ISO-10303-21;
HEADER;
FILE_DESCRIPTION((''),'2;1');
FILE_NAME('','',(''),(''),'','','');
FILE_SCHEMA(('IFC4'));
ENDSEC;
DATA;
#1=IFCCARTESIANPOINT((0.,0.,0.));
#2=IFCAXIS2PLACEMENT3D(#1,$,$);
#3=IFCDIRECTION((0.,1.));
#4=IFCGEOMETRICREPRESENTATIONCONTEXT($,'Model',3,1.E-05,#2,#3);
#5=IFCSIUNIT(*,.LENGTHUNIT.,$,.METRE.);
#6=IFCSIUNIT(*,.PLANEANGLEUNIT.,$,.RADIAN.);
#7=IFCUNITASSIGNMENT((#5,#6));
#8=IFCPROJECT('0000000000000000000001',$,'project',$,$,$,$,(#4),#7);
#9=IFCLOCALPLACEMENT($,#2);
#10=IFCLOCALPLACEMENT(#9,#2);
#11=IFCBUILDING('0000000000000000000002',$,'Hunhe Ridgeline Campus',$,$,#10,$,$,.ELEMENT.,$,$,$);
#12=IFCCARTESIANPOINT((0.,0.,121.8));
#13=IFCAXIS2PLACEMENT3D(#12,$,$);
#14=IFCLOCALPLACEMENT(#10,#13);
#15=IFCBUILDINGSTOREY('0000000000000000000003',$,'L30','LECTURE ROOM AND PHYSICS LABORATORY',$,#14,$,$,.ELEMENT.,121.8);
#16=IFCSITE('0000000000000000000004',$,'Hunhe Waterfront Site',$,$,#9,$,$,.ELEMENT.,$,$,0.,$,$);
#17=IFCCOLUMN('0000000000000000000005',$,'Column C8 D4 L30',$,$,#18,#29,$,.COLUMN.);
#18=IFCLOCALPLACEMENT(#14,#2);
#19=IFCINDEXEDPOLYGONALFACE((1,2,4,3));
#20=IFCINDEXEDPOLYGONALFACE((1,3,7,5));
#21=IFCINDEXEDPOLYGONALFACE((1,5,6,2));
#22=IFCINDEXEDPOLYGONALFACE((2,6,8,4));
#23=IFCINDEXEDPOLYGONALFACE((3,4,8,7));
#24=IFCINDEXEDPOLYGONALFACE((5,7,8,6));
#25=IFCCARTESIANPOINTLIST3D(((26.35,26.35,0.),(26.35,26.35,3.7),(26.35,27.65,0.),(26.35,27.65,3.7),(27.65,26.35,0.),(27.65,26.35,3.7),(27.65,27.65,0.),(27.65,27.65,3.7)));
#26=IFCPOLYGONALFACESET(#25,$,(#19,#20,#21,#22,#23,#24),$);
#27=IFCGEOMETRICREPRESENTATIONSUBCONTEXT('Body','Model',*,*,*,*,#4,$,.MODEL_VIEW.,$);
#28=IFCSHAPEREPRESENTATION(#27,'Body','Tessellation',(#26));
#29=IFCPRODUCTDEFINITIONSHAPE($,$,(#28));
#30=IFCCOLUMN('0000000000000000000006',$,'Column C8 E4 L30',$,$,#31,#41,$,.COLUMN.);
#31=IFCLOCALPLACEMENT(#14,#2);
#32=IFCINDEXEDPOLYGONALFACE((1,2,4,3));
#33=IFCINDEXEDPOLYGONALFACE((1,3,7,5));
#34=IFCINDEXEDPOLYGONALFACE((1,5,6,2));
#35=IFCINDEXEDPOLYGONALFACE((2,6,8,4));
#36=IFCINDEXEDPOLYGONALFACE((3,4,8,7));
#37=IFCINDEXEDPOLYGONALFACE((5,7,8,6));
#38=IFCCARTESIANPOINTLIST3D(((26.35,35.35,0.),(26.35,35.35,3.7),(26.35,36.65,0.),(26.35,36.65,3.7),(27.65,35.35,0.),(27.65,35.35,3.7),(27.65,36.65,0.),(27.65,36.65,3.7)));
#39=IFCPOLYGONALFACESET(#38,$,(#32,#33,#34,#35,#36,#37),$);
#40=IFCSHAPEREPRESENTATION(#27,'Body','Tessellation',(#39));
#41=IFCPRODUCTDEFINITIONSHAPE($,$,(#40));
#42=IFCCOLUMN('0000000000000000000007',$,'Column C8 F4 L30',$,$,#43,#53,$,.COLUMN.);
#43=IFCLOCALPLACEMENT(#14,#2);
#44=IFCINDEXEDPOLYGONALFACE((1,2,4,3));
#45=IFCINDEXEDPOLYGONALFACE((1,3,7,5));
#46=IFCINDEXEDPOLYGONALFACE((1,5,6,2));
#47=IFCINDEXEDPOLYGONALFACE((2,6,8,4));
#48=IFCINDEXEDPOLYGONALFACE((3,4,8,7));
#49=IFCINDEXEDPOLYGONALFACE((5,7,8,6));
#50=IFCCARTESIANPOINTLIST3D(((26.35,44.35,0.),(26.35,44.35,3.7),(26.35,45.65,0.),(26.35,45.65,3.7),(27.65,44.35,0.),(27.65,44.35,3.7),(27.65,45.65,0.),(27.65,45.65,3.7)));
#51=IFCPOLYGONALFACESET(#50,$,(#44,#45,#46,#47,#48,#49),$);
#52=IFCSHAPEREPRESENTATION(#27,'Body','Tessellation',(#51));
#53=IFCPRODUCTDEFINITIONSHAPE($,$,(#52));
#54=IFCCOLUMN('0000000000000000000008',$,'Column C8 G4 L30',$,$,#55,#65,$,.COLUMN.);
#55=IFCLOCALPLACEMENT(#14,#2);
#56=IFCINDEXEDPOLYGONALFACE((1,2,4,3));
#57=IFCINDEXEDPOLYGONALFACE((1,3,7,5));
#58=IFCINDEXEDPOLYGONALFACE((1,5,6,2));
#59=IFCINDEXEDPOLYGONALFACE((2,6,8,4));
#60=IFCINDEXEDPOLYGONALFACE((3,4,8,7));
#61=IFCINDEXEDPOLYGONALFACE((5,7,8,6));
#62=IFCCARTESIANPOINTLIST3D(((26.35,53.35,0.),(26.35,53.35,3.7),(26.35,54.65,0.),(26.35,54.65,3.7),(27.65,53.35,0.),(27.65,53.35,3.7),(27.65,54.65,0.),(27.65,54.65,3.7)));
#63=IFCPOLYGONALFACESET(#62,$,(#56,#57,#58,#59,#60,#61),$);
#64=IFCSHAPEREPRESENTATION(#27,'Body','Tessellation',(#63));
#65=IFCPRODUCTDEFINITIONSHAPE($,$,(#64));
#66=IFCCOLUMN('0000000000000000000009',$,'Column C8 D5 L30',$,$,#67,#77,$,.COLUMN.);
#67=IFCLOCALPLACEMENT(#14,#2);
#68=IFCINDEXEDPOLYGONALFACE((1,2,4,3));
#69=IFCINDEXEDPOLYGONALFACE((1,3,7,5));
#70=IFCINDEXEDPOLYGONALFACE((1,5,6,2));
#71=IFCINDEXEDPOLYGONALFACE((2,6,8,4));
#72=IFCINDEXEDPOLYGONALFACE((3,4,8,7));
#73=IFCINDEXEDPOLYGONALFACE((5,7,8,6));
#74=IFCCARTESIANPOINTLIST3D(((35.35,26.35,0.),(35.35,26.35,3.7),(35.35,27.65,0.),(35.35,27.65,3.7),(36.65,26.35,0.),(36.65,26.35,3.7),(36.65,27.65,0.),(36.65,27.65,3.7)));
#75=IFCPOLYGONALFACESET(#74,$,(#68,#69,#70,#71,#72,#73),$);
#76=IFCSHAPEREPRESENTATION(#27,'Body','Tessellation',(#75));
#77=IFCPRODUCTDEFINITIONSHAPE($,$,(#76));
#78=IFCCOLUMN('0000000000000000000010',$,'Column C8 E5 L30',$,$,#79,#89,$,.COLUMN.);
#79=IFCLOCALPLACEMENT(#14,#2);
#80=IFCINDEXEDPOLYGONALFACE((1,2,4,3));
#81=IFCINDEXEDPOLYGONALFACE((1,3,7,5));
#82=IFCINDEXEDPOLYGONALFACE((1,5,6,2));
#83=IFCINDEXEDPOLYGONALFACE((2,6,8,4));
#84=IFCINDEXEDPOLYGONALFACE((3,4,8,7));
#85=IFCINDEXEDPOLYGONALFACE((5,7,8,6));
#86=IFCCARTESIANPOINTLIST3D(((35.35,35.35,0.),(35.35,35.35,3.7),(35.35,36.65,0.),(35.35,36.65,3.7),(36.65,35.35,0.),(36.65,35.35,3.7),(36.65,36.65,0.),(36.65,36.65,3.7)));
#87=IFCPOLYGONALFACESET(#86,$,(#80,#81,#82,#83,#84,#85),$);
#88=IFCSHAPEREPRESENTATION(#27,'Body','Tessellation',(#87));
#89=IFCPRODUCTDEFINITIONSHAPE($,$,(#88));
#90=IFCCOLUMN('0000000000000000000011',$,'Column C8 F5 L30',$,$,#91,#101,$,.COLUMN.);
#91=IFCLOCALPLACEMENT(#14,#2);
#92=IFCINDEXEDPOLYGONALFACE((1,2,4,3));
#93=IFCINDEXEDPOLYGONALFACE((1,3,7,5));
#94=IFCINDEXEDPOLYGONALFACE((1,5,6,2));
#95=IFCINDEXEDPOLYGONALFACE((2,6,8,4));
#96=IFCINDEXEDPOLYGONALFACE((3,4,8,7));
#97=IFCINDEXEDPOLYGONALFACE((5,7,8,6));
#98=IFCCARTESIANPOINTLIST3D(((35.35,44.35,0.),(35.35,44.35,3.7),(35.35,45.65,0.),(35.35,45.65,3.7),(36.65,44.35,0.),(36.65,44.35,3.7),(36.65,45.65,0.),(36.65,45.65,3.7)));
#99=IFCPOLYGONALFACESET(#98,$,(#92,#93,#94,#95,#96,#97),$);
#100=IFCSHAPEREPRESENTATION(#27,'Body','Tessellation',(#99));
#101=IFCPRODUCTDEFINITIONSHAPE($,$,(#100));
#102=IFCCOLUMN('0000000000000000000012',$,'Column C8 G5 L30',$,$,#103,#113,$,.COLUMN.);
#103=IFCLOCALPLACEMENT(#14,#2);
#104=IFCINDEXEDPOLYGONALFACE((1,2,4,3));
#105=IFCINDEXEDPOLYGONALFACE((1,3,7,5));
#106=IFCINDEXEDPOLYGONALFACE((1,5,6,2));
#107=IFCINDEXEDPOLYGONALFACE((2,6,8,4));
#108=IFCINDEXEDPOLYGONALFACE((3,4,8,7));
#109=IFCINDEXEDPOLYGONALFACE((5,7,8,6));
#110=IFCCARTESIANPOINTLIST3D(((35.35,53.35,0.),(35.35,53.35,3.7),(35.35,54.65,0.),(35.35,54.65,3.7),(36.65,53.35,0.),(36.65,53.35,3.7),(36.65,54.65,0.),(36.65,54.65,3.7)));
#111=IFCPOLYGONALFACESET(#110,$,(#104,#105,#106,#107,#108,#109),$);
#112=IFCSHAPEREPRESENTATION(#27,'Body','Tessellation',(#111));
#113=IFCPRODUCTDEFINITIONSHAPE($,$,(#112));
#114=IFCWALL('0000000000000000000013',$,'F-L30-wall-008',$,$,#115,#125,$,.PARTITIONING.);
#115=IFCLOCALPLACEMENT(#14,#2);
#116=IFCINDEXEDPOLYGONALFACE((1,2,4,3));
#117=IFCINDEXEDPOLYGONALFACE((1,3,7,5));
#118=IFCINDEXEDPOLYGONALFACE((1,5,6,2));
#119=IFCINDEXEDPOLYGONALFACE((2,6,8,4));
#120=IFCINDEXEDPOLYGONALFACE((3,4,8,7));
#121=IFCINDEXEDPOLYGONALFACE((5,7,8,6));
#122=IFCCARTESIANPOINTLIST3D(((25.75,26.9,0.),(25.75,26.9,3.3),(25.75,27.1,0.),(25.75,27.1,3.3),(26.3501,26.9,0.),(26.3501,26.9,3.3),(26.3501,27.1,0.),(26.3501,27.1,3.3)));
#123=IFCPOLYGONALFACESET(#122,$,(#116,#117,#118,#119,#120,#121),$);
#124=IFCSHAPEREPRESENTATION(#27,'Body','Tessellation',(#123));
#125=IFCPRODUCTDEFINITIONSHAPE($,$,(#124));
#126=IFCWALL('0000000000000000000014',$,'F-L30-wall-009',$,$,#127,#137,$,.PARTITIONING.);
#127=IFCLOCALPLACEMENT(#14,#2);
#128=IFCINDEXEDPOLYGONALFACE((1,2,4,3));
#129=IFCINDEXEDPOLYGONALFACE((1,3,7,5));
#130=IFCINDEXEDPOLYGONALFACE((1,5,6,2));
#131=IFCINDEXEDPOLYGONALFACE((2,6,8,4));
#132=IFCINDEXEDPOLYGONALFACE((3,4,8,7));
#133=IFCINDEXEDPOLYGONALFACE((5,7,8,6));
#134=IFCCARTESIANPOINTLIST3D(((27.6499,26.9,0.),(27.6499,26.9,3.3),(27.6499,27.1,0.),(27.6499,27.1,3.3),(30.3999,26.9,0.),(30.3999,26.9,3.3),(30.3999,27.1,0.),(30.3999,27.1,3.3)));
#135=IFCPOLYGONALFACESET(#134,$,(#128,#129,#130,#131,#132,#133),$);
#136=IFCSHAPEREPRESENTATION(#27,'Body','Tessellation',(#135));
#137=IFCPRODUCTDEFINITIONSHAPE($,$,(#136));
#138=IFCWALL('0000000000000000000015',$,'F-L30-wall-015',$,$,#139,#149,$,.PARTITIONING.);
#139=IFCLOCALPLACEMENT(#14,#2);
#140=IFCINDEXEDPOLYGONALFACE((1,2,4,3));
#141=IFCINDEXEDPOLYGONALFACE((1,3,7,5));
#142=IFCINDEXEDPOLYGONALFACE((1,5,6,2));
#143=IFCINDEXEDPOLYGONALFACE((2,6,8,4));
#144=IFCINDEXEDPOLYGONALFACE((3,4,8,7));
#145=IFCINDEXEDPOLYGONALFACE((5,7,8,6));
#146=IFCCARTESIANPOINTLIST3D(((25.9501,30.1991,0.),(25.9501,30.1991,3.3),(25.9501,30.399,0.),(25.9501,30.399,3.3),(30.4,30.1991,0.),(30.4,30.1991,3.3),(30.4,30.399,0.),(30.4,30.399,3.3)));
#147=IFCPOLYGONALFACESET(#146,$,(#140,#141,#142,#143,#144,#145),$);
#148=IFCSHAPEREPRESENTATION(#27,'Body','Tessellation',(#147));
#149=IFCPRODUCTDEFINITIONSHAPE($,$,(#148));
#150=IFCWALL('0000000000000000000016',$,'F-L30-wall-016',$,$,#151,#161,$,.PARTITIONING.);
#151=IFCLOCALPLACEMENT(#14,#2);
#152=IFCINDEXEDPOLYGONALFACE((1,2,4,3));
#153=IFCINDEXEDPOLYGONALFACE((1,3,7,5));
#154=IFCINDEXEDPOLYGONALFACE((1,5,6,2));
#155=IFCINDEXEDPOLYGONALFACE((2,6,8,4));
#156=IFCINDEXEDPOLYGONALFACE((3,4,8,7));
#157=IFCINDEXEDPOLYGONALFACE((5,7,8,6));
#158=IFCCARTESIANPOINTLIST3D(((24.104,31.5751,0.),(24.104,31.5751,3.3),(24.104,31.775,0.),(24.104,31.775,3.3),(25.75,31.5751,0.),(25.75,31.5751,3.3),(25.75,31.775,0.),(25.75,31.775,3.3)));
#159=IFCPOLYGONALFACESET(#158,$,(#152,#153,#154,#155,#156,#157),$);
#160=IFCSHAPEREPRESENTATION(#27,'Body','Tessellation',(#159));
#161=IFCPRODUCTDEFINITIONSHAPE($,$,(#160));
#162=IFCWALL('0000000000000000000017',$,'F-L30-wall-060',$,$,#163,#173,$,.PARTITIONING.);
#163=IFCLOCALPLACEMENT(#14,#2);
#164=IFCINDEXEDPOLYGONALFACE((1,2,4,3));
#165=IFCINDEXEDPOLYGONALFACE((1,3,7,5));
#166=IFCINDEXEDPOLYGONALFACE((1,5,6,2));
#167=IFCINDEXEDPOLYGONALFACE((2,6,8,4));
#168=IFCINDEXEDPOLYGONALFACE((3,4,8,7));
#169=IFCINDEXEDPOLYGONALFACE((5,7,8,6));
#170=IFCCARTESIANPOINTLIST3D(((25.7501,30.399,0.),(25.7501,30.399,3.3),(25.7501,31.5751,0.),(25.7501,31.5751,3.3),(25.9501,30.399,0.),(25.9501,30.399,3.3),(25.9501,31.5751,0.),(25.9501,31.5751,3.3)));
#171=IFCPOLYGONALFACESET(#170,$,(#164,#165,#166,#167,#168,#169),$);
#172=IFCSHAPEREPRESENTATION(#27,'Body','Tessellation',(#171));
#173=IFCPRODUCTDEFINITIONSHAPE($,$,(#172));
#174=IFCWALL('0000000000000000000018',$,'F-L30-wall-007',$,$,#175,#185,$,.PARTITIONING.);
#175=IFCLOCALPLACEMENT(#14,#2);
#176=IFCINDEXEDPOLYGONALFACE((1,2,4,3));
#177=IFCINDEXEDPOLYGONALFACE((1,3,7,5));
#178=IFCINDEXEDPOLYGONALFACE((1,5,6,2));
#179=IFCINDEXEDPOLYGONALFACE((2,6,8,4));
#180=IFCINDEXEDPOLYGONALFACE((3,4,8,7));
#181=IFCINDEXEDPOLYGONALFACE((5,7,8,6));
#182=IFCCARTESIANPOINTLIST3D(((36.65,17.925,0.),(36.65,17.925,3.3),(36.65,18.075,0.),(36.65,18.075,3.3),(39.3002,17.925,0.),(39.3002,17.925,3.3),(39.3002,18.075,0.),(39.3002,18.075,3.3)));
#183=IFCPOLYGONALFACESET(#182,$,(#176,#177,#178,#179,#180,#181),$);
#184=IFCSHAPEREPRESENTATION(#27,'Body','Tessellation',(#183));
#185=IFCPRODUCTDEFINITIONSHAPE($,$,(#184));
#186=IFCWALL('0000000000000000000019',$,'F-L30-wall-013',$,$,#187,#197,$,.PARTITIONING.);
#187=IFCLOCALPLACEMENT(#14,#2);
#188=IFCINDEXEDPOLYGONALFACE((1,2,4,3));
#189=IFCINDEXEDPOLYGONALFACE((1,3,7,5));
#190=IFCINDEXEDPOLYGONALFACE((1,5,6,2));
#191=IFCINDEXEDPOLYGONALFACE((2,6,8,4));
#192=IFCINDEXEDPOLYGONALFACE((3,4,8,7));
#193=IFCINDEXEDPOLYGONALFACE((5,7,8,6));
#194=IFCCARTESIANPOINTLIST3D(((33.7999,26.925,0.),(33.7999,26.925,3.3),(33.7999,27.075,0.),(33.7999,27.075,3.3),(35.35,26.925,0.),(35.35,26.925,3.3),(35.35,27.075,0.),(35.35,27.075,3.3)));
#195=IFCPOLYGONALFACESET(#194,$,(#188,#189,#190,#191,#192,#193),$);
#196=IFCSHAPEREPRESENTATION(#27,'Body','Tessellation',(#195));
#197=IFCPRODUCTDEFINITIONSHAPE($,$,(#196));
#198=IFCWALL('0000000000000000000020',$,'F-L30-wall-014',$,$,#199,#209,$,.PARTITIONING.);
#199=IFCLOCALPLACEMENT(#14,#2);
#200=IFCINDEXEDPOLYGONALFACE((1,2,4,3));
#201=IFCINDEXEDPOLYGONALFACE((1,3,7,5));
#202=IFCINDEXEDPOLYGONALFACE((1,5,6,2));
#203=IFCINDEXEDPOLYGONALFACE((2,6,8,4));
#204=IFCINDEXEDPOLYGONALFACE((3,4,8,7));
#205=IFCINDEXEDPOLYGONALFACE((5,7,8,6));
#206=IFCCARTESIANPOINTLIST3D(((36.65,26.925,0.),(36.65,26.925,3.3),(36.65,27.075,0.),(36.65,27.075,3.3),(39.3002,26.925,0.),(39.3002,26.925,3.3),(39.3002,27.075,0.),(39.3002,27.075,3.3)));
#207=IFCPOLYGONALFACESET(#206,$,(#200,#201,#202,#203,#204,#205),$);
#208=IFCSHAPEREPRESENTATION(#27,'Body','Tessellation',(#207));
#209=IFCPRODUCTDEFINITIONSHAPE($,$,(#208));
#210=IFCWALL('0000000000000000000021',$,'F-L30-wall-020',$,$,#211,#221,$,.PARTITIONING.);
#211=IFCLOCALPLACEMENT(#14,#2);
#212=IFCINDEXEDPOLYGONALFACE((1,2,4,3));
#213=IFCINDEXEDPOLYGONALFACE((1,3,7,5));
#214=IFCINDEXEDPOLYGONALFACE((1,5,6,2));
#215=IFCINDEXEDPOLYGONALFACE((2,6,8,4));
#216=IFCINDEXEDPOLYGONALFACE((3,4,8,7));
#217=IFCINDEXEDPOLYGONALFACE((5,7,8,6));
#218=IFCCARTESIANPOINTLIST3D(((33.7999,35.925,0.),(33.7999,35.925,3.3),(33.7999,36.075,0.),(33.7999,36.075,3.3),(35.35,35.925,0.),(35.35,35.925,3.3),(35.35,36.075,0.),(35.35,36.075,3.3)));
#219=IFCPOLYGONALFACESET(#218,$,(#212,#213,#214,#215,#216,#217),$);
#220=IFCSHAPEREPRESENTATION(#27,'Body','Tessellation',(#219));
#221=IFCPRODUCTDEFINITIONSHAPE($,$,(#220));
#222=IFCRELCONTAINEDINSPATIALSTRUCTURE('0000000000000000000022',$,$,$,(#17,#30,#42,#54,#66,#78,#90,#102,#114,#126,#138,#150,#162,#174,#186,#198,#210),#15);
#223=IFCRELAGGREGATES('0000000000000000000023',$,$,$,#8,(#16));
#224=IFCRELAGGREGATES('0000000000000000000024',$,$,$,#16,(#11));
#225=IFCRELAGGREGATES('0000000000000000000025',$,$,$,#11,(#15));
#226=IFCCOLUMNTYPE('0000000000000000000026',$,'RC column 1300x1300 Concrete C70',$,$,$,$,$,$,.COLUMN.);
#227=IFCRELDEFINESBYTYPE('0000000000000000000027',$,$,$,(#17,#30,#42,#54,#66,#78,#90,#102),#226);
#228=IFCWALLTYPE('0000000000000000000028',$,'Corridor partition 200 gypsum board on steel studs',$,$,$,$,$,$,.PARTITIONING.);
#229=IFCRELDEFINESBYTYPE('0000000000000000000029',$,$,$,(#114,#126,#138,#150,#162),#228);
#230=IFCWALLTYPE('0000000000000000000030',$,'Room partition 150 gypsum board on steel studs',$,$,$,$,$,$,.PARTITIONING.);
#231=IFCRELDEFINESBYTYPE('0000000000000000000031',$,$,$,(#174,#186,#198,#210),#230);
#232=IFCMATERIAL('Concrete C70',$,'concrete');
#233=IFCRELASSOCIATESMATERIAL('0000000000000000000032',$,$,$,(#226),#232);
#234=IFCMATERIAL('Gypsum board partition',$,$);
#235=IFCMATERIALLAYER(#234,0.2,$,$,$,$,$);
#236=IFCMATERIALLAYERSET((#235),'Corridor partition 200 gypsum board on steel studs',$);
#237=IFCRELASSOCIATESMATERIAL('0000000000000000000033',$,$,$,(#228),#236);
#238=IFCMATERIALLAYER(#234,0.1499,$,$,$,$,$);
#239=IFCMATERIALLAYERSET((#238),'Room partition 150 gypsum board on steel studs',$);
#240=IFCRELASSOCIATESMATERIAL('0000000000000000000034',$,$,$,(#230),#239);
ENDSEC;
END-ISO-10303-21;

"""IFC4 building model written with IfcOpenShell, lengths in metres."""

from ifc_helpers import new_model, si_unit, direction, frame, frame_2d, origin, origin_2d, place, context, subcontext, project, spatial, rectangle, extrude, material, layer, layer_set, material_profile, profile_set, type_object, element, save


model = new_model("IFC4")

# Units and contexts
model_context = context("Model", 3, precision=1e-05, world=origin(), true_north=direction((0.0, 1.0)))
body_context = subcontext(model_context, "Body", "Model", "MODEL_VIEW")
ifc_project = project(units=[si_unit("LENGTHUNIT", "METRE"), si_unit("PLANEANGLEUNIT", "RADIAN")], contexts=[model_context])

# Site, building, storey
site_placement = place(None, origin())
site = spatial("IfcSite", under=ifc_project, at=site_placement, Name="Hunhe Waterfront Site", CompositionType="ELEMENT", RefElevation=0.0)
building_placement = place(site_placement, origin())
building = spatial("IfcBuilding", under=site, at=building_placement, Name="Hunhe Ridgeline Campus", CompositionType="ELEMENT")
storey_placement = place(building_placement, frame((0.0, 0.0, 121.8)))
storey = spatial("IfcBuildingStorey", under=building, at=storey_placement, Name="L30", Description="LECTURE ROOM AND PHYSICS LABORATORY", CompositionType="ELEMENT", Elevation=121.8)

# Columns
ifc_material_1 = material(Name="Concrete C70", Category="concrete")
ifc_material_profile = material_profile(ifc_material_1, rectangle(XDim=1.3, YDim=1.3, at=origin_2d()))
ifc_profile_set = profile_set([ifc_material_profile], Name="Concrete C70")
column_type = type_object("IfcColumnType", Name="RC column 1300x1300 Concrete C70", PredefinedType="COLUMN", material=ifc_profile_set)
for number, where, z_axis, x_axis, name in (
    (1, (27.0, 27.0, 0.0), (0.0, 0.0, 1.0), (1.0, 0.0, 0.0), "Column C8 D4 L30"),
    (2, (27.0, 36.0, 0.0), (0.0, 0.0, 1.0), (1.0, 0.0, 0.0), "Column C8 E4 L30"),
    (3, (27.0, 45.0, 0.0), (0.0, 0.0, 1.0), (1.0, 0.0, 0.0), "Column C8 F4 L30"),
    (4, (27.0, 54.0, 0.0), (0.0, 0.0, 1.0), (1.0, 0.0, 0.0), "Column C8 G4 L30"),
    (5, (36.0, 27.0, 0.0), (0.0, 0.0, 1.0), (1.0, 0.0, 0.0), "Column C8 D5 L30"),
    (6, (36.0, 36.0, 0.0), (0.0, 0.0, 1.0), (1.0, 0.0, 0.0), "Column C8 E5 L30"),
    (7, (36.0, 45.0, 0.0), (0.0, 0.0, 1.0), (1.0, 0.0, 0.0), "Column C8 F5 L30"),
    (8, (36.0, 54.0, 0.0), (0.0, 0.0, 1.0), (1.0, 0.0, 0.0), "Column C8 G5 L30"),
):
    element("IfcColumn", number, at=place(storey_placement, frame(where, z_axis=z_axis, x_axis=x_axis)), inside=storey, type_object=column_type, Name=name, PredefinedType="COLUMN", context=body_context, shape_type="SweptSolid", body=[
        extrude(rectangle(XDim=1.3, YDim=1.3, at=origin_2d()), origin(), (0.0, 0.0, 1.0), 3.7),
    ])

# Walls
ifc_material_2 = material(Name="Gypsum board partition")
ifc_layer_1 = layer(ifc_material_2, 0.2)
ifc_layer_set_1 = layer_set([ifc_layer_1], Name="Corridor partition 200 gypsum board on steel studs")
wall_type_1 = type_object("IfcWallType", Name="Corridor partition 200 gypsum board on steel studs", PredefinedType="PARTITIONING", material=ifc_layer_set_1)
wall_1_placement = place(storey_placement, frame((26.3501, 27.0, 0.0), z_axis=(0.0, 0.0, 1.0), x_axis=(-1.0, 0.0, 0.0)))
element("IfcWall", 9, at=wall_1_placement, inside=storey, type_object=wall_type_1, Name="F-L30-wall-008", PredefinedType="PARTITIONING", context=body_context, shape_type="SweptSolid", body=[
    extrude(rectangle(XDim=0.6001, YDim=0.2, at=frame_2d((0.3, 0.0))), origin(), (0.0, 0.0, 1.0), 3.3),
])
wall_2_placement = place(storey_placement, frame((30.3999, 27.0, 0.0), z_axis=(0.0, 0.0, 1.0), x_axis=(-1.0, 0.0, 0.0)))
element("IfcWall", 10, at=wall_2_placement, inside=storey, type_object=wall_type_1, Name="F-L30-wall-009", PredefinedType="PARTITIONING", context=body_context, shape_type="SweptSolid", body=[
    extrude(rectangle(XDim=2.75, YDim=0.2, at=frame_2d((1.375, 0.0))), origin(), (0.0, 0.0, 1.0), 3.3),
])
wall_3_placement = place(storey_placement, frame((25.95, 30.2991, 0.0), z_axis=(0.0, 0.0, 1.0), x_axis=(1.0, 0.0, 0.0)))
element("IfcWall", 11, at=wall_3_placement, inside=storey, type_object=wall_type_1, Name="F-L30-wall-015", PredefinedType="PARTITIONING", context=body_context, shape_type="SweptSolid", body=[
    extrude(rectangle(XDim=4.45, YDim=0.2, at=frame_2d((2.2251, 0.0))), origin(), (0.0, 0.0, 1.0), 3.3),
])
wall_4_placement = place(storey_placement, frame((24.104, 31.675, 0.0), z_axis=(0.0, 0.0, 1.0), x_axis=(1.0, 0.0, 0.0)))
element("IfcWall", 12, at=wall_4_placement, inside=storey, type_object=wall_type_1, Name="F-L30-wall-016", PredefinedType="PARTITIONING", context=body_context, shape_type="SweptSolid", body=[
    extrude(rectangle(XDim=1.646, YDim=0.2, at=frame_2d((0.823, 0.0))), origin(), (0.0, 0.0, 1.0), 3.3),
])

# Wall
wall_5_placement = place(storey_placement, frame((25.8501, 31.575, 0.0), z_axis=(0.0, 0.0, 1.0), x_axis=(0.0, -1.0, 0.0)))
element("IfcWall", 13, at=wall_5_placement, inside=storey, type_object=wall_type_1, Name="F-L30-wall-060", PredefinedType="PARTITIONING", context=body_context, shape_type="SweptSolid", body=[
    extrude(rectangle(XDim=1.176, YDim=0.2, at=frame_2d((0.5879, 0.0))), origin(), (0.0, 0.0, 1.0), 3.3),
])

# Walls
ifc_layer_2 = layer(ifc_material_2, 0.1499)
ifc_layer_set_2 = layer_set([ifc_layer_2], Name="Room partition 150 gypsum board on steel studs")
wall_type_2 = type_object("IfcWallType", Name="Room partition 150 gypsum board on steel studs", PredefinedType="PARTITIONING", material=ifc_layer_set_2)
wall_6_placement = place(storey_placement, frame((36.6499, 18.0, 0.0), z_axis=(0.0, 0.0, 1.0), x_axis=(1.0, 0.0, 0.0)))
element("IfcWall", 14, at=wall_6_placement, inside=storey, type_object=wall_type_2, Name="F-L30-wall-007", PredefinedType="PARTITIONING", context=body_context, shape_type="SweptSolid", body=[
    extrude(rectangle(XDim=2.6501, YDim=0.1499, at=frame_2d((1.3252, 0.0))), origin(), (0.0, 0.0, 1.0), 3.3),
])
wall_7_placement = place(storey_placement, frame((33.8, 27.0, 0.0), z_axis=(0.0, 0.0, 1.0), x_axis=(1.0, 0.0, 0.0)))
element("IfcWall", 15, at=wall_7_placement, inside=storey, type_object=wall_type_2, Name="F-L30-wall-013", PredefinedType="PARTITIONING", context=body_context, shape_type="SweptSolid", body=[
    extrude(rectangle(XDim=1.55, YDim=0.1499, at=frame_2d((0.7749, 0.0))), origin(), (0.0, 0.0, 1.0), 3.3),
])
wall_8_placement = place(storey_placement, frame((36.6499, 27.0, 0.0), z_axis=(0.0, 0.0, 1.0), x_axis=(1.0, 0.0, 0.0)))
element("IfcWall", 16, at=wall_8_placement, inside=storey, type_object=wall_type_2, Name="F-L30-wall-014", PredefinedType="PARTITIONING", context=body_context, shape_type="SweptSolid", body=[
    extrude(rectangle(XDim=2.6501, YDim=0.1499, at=frame_2d((1.3252, 0.0))), origin(), (0.0, 0.0, 1.0), 3.3),
])
wall_9_placement = place(storey_placement, frame((33.8, 36.0, 0.0), z_axis=(0.0, 0.0, 1.0), x_axis=(1.0, 0.0, 0.0)))
element("IfcWall", 17, at=wall_9_placement, inside=storey, type_object=wall_type_2, Name="F-L30-wall-020", PredefinedType="PARTITIONING", context=body_context, shape_type="SweptSolid", body=[
    extrude(rectangle(XDim=1.55, YDim=0.1499, at=frame_2d((0.7749, 0.0))), origin(), (0.0, 0.0, 1.0), 3.3),
])

save(model, "model.ifc")
